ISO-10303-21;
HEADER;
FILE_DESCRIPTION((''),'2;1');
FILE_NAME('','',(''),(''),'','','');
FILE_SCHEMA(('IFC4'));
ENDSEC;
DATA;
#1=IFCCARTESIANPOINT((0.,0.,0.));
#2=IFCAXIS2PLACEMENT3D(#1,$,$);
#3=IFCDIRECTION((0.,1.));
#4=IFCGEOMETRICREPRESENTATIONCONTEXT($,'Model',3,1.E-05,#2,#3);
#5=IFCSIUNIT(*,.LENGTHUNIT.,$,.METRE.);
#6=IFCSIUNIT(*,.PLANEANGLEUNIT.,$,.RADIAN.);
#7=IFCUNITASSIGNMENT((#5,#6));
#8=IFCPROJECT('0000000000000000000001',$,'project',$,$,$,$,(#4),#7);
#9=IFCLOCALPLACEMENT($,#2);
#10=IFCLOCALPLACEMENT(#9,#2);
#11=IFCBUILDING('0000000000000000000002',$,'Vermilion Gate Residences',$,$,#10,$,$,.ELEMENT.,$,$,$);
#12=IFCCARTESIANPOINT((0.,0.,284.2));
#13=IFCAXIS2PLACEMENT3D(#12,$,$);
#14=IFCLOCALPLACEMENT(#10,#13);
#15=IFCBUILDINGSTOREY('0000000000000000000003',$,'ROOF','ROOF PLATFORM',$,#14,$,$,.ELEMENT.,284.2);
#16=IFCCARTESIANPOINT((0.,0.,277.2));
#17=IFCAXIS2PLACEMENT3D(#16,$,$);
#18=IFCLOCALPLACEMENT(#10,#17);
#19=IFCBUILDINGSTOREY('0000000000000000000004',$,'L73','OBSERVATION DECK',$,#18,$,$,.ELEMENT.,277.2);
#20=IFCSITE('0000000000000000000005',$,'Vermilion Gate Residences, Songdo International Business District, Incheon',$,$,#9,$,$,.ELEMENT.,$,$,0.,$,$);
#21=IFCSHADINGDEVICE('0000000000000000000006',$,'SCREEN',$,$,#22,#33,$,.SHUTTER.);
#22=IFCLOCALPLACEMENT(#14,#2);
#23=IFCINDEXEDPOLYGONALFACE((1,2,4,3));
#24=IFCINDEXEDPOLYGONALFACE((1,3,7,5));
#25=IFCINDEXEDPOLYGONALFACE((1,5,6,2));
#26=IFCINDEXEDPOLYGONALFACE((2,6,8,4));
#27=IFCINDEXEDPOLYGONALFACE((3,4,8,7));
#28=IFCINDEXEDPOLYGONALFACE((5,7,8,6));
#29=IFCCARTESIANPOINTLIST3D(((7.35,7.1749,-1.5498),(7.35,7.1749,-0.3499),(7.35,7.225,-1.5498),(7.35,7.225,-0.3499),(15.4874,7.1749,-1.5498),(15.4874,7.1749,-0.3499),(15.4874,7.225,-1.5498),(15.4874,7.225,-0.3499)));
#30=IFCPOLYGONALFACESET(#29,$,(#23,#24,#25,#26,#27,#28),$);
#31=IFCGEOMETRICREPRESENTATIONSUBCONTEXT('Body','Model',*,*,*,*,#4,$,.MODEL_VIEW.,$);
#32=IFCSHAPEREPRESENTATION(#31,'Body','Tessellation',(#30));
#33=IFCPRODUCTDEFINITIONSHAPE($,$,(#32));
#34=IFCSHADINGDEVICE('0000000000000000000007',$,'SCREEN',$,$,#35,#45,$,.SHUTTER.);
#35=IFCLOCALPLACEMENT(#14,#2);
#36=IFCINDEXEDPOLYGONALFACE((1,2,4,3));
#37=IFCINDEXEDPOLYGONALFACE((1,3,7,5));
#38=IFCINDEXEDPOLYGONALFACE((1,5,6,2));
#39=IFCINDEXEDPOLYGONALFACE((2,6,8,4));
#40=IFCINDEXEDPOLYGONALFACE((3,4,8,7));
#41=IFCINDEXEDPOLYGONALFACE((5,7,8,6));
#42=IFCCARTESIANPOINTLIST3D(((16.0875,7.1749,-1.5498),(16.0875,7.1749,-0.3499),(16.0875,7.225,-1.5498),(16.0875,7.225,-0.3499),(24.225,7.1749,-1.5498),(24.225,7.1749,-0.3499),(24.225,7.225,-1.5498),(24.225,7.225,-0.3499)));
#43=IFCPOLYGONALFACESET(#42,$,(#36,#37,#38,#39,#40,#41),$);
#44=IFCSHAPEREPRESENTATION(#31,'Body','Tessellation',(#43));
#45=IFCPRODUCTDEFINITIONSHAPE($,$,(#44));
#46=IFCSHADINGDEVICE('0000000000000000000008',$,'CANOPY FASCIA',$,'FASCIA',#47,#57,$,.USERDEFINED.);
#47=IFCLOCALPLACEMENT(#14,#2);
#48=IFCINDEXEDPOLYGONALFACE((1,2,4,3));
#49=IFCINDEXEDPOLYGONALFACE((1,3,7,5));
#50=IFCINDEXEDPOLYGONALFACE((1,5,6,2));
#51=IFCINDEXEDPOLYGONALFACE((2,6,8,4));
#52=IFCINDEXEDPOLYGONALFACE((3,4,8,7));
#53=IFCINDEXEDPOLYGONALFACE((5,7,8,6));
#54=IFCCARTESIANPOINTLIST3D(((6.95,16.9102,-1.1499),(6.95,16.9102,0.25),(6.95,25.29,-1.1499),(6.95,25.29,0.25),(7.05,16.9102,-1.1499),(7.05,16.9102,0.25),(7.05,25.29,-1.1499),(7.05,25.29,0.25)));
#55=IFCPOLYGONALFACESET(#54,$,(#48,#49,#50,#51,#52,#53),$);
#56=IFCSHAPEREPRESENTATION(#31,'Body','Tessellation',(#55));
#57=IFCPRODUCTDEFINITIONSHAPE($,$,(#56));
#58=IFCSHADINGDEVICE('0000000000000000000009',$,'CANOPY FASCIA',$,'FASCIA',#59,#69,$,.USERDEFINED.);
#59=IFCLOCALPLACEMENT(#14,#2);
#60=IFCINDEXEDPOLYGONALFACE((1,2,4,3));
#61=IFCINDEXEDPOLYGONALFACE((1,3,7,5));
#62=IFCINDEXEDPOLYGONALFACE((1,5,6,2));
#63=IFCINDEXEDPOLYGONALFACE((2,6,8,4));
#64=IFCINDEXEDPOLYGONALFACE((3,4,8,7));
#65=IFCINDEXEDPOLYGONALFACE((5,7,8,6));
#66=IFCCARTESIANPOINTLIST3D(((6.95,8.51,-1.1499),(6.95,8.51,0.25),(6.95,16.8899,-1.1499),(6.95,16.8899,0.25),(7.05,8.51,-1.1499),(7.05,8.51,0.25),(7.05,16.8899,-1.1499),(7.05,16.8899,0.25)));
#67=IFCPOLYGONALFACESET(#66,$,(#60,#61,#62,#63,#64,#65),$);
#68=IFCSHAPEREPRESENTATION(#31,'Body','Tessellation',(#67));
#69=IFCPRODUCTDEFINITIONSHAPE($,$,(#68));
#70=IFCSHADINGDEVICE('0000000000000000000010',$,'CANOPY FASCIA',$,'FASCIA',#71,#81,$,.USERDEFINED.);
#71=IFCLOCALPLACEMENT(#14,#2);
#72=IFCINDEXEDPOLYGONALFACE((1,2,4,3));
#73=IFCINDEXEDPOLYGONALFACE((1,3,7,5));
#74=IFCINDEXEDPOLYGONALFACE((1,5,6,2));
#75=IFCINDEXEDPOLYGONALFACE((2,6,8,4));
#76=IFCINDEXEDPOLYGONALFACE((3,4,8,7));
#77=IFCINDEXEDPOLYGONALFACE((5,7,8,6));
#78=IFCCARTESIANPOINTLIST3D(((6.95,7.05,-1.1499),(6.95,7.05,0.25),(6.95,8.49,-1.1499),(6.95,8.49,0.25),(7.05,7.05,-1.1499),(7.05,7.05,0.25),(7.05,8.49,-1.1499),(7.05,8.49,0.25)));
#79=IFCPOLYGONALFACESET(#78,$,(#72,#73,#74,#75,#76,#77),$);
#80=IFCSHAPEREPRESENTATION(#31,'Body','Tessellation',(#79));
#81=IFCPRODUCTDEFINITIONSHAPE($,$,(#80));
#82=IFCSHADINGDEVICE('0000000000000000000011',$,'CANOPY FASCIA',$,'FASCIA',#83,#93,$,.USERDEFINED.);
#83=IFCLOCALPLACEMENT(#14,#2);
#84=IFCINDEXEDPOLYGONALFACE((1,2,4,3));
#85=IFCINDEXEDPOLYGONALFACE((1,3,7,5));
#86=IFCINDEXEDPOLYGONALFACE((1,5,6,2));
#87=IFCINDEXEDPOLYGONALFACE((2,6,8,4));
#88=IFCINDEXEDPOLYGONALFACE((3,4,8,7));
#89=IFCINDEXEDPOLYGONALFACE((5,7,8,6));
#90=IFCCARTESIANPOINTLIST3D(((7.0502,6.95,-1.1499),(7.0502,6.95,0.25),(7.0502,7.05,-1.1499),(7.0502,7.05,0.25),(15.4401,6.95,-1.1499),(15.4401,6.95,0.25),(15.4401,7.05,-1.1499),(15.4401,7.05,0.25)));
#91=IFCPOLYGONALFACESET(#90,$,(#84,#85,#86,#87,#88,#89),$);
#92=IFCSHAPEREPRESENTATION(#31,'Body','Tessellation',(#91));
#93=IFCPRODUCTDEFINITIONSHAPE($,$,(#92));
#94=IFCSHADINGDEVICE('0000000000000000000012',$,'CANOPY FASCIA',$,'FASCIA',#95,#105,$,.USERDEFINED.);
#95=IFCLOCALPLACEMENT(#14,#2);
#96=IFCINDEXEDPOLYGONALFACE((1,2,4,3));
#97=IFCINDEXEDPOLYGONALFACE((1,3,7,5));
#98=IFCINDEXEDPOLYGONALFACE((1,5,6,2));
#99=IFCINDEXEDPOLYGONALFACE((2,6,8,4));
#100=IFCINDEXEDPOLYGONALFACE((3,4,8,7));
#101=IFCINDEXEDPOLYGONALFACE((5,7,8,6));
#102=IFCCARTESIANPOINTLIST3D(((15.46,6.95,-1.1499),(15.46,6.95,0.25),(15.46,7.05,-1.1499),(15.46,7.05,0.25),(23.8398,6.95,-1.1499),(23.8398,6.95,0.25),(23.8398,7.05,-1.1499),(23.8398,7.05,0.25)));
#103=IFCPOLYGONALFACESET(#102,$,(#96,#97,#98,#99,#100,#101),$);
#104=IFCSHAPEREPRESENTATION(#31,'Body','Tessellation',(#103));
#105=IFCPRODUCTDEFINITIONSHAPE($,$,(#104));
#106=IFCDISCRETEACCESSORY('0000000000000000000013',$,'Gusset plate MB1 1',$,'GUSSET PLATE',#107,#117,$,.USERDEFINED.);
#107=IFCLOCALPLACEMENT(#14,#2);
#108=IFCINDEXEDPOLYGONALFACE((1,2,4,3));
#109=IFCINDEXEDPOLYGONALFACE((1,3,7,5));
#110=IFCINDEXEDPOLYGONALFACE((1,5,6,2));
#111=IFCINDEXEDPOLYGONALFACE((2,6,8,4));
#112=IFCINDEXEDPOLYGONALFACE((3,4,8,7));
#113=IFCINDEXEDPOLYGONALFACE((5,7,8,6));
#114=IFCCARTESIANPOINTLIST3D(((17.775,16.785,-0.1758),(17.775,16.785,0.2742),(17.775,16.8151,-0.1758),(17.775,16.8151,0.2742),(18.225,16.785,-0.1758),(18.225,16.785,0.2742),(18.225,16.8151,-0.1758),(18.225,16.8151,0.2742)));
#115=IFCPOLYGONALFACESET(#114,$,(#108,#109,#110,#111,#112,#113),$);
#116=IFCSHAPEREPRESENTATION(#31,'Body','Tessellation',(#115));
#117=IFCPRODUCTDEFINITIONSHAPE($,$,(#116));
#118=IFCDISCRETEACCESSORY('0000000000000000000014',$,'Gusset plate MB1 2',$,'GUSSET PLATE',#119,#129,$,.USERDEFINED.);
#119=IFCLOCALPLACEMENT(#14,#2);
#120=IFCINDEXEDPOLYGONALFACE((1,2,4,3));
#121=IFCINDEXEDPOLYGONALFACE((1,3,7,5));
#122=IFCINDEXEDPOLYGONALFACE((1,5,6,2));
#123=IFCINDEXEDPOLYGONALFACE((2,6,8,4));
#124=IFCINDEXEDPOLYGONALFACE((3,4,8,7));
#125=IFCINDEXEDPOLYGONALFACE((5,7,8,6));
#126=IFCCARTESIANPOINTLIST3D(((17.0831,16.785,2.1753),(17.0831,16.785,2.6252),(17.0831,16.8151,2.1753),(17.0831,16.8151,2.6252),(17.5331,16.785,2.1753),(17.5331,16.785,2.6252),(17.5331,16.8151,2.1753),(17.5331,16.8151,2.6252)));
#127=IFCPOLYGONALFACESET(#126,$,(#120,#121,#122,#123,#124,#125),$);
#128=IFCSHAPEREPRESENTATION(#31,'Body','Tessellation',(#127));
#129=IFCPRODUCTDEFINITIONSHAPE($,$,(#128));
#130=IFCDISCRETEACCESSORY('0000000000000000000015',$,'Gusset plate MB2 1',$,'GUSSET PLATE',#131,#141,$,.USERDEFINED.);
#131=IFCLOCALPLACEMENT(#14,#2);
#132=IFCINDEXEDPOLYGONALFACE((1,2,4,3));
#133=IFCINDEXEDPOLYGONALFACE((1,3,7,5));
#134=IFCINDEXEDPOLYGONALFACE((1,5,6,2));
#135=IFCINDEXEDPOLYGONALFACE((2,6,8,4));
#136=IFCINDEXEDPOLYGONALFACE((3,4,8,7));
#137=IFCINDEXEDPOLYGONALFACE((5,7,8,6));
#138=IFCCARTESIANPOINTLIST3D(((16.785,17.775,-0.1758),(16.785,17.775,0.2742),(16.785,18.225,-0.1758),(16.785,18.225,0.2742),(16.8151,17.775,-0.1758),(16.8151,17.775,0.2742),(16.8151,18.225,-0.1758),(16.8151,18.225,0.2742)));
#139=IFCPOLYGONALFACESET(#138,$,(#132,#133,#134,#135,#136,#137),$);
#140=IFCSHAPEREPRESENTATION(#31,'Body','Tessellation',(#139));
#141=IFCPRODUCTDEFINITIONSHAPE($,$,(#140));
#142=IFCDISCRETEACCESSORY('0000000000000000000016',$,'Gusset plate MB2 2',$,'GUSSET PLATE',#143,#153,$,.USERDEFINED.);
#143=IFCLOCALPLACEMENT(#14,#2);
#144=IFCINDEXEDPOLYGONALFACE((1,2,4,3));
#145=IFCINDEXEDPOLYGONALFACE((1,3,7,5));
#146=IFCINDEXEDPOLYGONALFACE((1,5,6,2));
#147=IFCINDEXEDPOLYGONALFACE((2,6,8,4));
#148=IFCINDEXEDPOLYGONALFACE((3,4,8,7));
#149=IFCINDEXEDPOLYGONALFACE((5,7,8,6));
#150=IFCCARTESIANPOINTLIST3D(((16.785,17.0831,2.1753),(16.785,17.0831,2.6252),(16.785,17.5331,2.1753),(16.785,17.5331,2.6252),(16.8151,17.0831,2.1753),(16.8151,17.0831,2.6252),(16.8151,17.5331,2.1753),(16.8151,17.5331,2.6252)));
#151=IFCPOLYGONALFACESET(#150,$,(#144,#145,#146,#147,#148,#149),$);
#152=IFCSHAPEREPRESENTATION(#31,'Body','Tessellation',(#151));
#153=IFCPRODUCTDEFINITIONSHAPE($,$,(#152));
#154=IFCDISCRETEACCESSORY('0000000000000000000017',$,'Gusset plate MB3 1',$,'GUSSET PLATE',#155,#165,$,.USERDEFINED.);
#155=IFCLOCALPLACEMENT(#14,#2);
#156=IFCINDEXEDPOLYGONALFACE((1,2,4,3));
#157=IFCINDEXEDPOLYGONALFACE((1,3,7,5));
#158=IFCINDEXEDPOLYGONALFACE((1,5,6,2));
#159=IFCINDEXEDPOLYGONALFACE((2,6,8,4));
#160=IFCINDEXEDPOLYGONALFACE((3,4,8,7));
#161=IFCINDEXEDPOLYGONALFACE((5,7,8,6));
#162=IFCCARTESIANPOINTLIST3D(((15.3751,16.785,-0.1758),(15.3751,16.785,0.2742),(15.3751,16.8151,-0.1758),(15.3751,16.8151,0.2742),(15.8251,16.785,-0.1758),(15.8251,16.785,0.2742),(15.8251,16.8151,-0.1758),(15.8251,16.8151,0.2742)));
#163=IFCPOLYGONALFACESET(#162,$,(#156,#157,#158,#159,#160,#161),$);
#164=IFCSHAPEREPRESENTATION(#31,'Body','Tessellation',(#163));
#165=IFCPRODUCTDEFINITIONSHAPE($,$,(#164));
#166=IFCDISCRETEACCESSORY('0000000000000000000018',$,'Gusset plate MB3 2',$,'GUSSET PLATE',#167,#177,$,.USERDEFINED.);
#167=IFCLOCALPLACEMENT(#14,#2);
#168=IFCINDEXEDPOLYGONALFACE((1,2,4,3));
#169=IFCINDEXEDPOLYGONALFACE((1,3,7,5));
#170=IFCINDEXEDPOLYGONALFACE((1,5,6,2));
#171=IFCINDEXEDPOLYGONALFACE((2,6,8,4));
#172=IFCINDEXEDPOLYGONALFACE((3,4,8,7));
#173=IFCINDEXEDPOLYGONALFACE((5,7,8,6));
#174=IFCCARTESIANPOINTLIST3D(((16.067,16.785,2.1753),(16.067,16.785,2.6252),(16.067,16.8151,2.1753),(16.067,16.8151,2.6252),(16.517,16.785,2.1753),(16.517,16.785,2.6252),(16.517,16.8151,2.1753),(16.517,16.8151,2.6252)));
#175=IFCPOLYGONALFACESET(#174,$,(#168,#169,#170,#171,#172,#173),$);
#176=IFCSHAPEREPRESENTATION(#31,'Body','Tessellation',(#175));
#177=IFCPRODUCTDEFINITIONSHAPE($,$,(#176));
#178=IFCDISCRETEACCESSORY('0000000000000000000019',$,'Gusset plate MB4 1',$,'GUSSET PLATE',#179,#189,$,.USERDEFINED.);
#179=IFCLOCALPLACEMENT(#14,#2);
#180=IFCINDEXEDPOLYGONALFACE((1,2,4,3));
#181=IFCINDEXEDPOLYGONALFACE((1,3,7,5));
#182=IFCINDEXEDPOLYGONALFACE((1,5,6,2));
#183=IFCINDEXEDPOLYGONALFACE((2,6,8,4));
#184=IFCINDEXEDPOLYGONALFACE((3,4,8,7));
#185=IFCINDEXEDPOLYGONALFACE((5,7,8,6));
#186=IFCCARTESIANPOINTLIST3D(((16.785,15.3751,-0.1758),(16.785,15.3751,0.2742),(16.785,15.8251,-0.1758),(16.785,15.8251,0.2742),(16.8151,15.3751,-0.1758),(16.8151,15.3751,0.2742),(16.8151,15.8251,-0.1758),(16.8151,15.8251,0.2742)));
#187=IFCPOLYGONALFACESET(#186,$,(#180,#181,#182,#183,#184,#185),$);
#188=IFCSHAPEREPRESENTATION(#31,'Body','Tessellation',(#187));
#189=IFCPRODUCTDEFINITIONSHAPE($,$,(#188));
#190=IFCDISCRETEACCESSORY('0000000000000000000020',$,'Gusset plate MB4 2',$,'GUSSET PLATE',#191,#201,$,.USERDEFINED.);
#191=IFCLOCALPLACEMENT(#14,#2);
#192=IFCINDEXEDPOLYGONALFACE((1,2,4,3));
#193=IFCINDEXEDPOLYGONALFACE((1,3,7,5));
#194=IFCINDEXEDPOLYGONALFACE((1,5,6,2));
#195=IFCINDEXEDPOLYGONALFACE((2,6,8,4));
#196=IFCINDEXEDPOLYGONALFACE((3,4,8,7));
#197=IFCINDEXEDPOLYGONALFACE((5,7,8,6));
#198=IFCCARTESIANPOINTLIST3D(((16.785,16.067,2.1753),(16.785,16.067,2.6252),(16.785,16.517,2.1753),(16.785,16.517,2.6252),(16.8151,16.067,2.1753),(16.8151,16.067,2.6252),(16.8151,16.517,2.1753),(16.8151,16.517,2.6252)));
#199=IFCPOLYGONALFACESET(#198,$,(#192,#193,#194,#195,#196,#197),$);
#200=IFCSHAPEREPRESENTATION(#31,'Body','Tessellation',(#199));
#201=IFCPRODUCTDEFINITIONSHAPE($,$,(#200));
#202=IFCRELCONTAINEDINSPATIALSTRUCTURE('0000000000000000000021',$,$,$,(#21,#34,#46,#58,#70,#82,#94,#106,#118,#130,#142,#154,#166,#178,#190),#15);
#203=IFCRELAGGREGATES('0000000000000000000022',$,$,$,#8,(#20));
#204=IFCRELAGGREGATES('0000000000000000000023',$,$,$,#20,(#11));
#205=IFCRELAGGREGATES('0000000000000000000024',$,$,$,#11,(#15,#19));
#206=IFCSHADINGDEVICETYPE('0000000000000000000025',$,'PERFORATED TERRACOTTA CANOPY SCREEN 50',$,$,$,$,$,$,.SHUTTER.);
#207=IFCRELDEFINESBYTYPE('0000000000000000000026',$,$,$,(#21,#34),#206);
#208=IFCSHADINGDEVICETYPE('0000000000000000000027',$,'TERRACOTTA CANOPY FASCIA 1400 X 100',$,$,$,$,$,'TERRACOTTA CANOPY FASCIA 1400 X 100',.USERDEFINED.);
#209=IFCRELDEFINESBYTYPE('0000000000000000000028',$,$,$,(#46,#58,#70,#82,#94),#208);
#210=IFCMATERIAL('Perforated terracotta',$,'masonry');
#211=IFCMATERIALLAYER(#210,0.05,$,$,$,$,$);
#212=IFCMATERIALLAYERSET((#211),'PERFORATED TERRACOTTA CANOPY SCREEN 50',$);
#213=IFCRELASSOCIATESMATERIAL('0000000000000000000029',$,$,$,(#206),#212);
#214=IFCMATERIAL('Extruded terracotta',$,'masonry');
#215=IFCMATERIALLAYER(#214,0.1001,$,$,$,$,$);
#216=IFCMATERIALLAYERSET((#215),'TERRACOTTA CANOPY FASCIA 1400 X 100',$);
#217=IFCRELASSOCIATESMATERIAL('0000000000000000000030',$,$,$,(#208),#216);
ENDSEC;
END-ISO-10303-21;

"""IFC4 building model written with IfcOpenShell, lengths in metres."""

from ifc_helpers import new_model, si_unit, direction, frame, origin, origin_2d, place, context, subcontext, project, spatial, rectangle, extrude, material, layer, layer_set, type_object, element, save


model = new_model("IFC4")

# Units and contexts
model_context = context("Model", 3, precision=1e-05, world=origin(), true_north=direction((0.0, 1.0)))
body_context = subcontext(model_context, "Body", "Model", "MODEL_VIEW")
ifc_project = project(units=[si_unit("LENGTHUNIT", "METRE"), si_unit("PLANEANGLEUNIT", "RADIAN")], contexts=[model_context])

# Site, building, storey
site_placement = place(None, origin())
site = spatial("IfcSite", under=ifc_project, at=site_placement, Name="Vermilion Gate Residences, Songdo International Business District, Incheon", CompositionType="ELEMENT", RefElevation=0.0)
building_placement = place(site_placement, origin())
building = spatial("IfcBuilding", under=site, at=building_placement, Name="Vermilion Gate Residences", CompositionType="ELEMENT")
storey_1_placement = place(building_placement, frame((0.0, 0.0, 284.2)))
storey_1 = spatial("IfcBuildingStorey", under=building, at=storey_1_placement, Name="ROOF", Description="ROOF PLATFORM", CompositionType="ELEMENT", Elevation=284.2)

# Shared definitions
storey_2_placement = place(building_placement, frame((0.0, 0.0, 277.2)))
storey_2 = spatial("IfcBuildingStorey", under=building, at=storey_2_placement, Name="L73", Description="OBSERVATION DECK", CompositionType="ELEMENT", Elevation=277.2)

# Shading devices
ifc_material_1 = material(Name="Perforated terracotta", Category="masonry")
ifc_layer_1 = layer(ifc_material_1, 0.05)
ifc_layer_set_1 = layer_set([ifc_layer_1], Name="PERFORATED TERRACOTTA CANOPY SCREEN 50")
shading_device_type_1 = type_object("IfcShadingDeviceType", Name="PERFORATED TERRACOTTA CANOPY SCREEN 50", PredefinedType="SHUTTER", material=ifc_layer_set_1)
for number, where, z_axis, x_axis, name in (
    (1, (11.4187, 7.2, -1.5498), (0.0, 0.0, 1.0), (1.0, 0.0, 0.0), "SCREEN"),
    (2, (20.1562, 7.2, -1.5498), (0.0, 0.0, 1.0), (1.0, 0.0, 0.0), "SCREEN"),
):
    element("IfcShadingDevice", number, at=place(storey_1_placement, frame(where, z_axis=z_axis, x_axis=x_axis)), inside=storey_1, type_object=shading_device_type_1, Name=name, PredefinedType="SHUTTER", context=body_context, shape_type="SweptSolid", body=[
        extrude(rectangle(XDim=8.1375, YDim=0.05, at=origin_2d()), origin(), (0.0, 0.0, 1.0), 1.2),
    ])
ifc_material_2 = material(Name="Extruded terracotta", Category="masonry")
ifc_layer_2 = layer(ifc_material_2, 0.1001)
ifc_layer_set_2 = layer_set([ifc_layer_2], Name="TERRACOTTA CANOPY FASCIA 1400 X 100")
shading_device_type_2 = type_object("IfcShadingDeviceType", Name="TERRACOTTA CANOPY FASCIA 1400 X 100", ElementType="TERRACOTTA CANOPY FASCIA 1400 X 100", PredefinedType="USERDEFINED", material=ifc_layer_set_2)
for number, where, z_axis, x_axis, name in (
    (3, (7.0, 21.1001, -1.1499), (0.0, 0.0, 1.0), (0.0, 1.0, 0.0), "CANOPY FASCIA"),
    (4, (7.0, 12.7, -1.1499), (0.0, 0.0, 1.0), (0.0, 1.0, 0.0), "CANOPY FASCIA"),
):
    element("IfcShadingDevice", number, at=place(storey_1_placement, frame(where, z_axis=z_axis, x_axis=x_axis)), inside=storey_1, type_object=shading_device_type_2, Name=name, ObjectType="FASCIA", PredefinedType="USERDEFINED", context=body_context, shape_type="SweptSolid", body=[
        extrude(rectangle(XDim=8.3799, YDim=0.1001, at=origin_2d()), origin(), (0.0, 0.0, 1.0), 1.3999),
    ])
shading_device_1_placement = place(storey_1_placement, frame((7.0, 7.77, -1.1499), z_axis=(0.0, 0.0, 1.0), x_axis=(0.0, 1.0, 0.0)))
element("IfcShadingDevice", 5, at=shading_device_1_placement, inside=storey_1, type_object=shading_device_type_2, Name="CANOPY FASCIA", ObjectType="FASCIA", PredefinedType="USERDEFINED", context=body_context, shape_type="SweptSolid", body=[
    extrude(rectangle(XDim=1.4399, YDim=0.1001, at=origin_2d()), origin(), (0.0, 0.0, 1.0), 1.3999),
])
shading_device_2_placement = place(storey_1_placement, frame((11.2451, 7.0, -1.1499), z_axis=(0.0, 0.0, 1.0), x_axis=(1.0, 0.0, 0.0)))
element("IfcShadingDevice", 6, at=shading_device_2_placement, inside=storey_1, type_object=shading_device_type_2, Name="CANOPY FASCIA", ObjectType="FASCIA", PredefinedType="USERDEFINED", context=body_context, shape_type="SweptSolid", body=[
    extrude(rectangle(XDim=8.3899, YDim=0.1001, at=origin_2d()), origin(), (0.0, 0.0, 1.0), 1.3999),
])
shading_device_3_placement = place(storey_1_placement, frame((19.6499, 7.0, -1.1499), z_axis=(0.0, 0.0, 1.0), x_axis=(1.0, 0.0, 0.0)))
element("IfcShadingDevice", 7, at=shading_device_3_placement, inside=storey_1, type_object=shading_device_type_2, Name="CANOPY FASCIA", ObjectType="FASCIA", PredefinedType="USERDEFINED", context=body_context, shape_type="SweptSolid", body=[
    extrude(rectangle(XDim=8.3799, YDim=0.1001, at=origin_2d()), origin(), (0.0, 0.0, 1.0), 1.3999),
])

# Discrete accessories
for number, where, z_axis, x_axis, name in (
    (8, (18.0, 16.8, -0.1758), (0.0, 0.0, 1.0), (1.0, 0.0, 0.0), "Gusset plate MB1 1"),
    (9, (17.3081, 16.8, 2.1753), (0.0, 0.0, 1.0), (1.0, 0.0, 0.0), "Gusset plate MB1 2"),
):
    element("IfcDiscreteAccessory", number, at=place(storey_1_placement, frame(where, z_axis=z_axis, x_axis=x_axis)), inside=storey_1, Name=name, ObjectType="GUSSET PLATE", PredefinedType="USERDEFINED", context=body_context, shape_type="SweptSolid", body=[
        extrude(rectangle(XDim=0.45, YDim=0.03, at=origin_2d()), origin(), (0.0, 0.0, 1.0), 0.45),
    ])
for number, where, z_axis, x_axis, name in (
    (10, (16.8, 18.0, -0.1758), (0.0, 0.0, 1.0), (1.0, 0.0, 0.0), "Gusset plate MB2 1"),
    (11, (16.8, 17.3081, 2.1753), (0.0, 0.0, 1.0), (1.0, 0.0, 0.0), "Gusset plate MB2 2"),
):
    element("IfcDiscreteAccessory", number, at=place(storey_1_placement, frame(where, z_axis=z_axis, x_axis=x_axis)), inside=storey_1, Name=name, ObjectType="GUSSET PLATE", PredefinedType="USERDEFINED", context=body_context, shape_type="SweptSolid", body=[
        extrude(rectangle(XDim=0.03, YDim=0.45, at=origin_2d()), origin(), (0.0, 0.0, 1.0), 0.45),
    ])
for number, where, z_axis, x_axis, name in (
    (12, (15.6001, 16.8, -0.1758), (0.0, 0.0, 1.0), (1.0, 0.0, 0.0), "Gusset plate MB3 1"),
    (13, (16.292, 16.8, 2.1753), (0.0, 0.0, 1.0), (1.0, 0.0, 0.0), "Gusset plate MB3 2"),
):
    element("IfcDiscreteAccessory", number, at=place(storey_1_placement, frame(where, z_axis=z_axis, x_axis=x_axis)), inside=storey_1, Name=name, ObjectType="GUSSET PLATE", PredefinedType="USERDEFINED", context=body_context, shape_type="SweptSolid", body=[
        extrude(rectangle(XDim=0.45, YDim=0.03, at=origin_2d()), origin(), (0.0, 0.0, 1.0), 0.45),
    ])
for number, where, z_axis, x_axis, name in (
    (14, (16.8, 15.6001, -0.1758), (0.0, 0.0, 1.0), (1.0, 0.0, 0.0), "Gusset plate MB4 1"),
    (15, (16.8, 16.292, 2.1753), (0.0, 0.0, 1.0), (1.0, 0.0, 0.0), "Gusset plate MB4 2"),
):
    element("IfcDiscreteAccessory", number, at=place(storey_1_placement, frame(where, z_axis=z_axis, x_axis=x_axis)), inside=storey_1, Name=name, ObjectType="GUSSET PLATE", PredefinedType="USERDEFINED", context=body_context, shape_type="SweptSolid", body=[
        extrude(rectangle(XDim=0.03, YDim=0.45, at=origin_2d()), origin(), (0.0, 0.0, 1.0), 0.45),
    ])

save(model, "model.ifc")
